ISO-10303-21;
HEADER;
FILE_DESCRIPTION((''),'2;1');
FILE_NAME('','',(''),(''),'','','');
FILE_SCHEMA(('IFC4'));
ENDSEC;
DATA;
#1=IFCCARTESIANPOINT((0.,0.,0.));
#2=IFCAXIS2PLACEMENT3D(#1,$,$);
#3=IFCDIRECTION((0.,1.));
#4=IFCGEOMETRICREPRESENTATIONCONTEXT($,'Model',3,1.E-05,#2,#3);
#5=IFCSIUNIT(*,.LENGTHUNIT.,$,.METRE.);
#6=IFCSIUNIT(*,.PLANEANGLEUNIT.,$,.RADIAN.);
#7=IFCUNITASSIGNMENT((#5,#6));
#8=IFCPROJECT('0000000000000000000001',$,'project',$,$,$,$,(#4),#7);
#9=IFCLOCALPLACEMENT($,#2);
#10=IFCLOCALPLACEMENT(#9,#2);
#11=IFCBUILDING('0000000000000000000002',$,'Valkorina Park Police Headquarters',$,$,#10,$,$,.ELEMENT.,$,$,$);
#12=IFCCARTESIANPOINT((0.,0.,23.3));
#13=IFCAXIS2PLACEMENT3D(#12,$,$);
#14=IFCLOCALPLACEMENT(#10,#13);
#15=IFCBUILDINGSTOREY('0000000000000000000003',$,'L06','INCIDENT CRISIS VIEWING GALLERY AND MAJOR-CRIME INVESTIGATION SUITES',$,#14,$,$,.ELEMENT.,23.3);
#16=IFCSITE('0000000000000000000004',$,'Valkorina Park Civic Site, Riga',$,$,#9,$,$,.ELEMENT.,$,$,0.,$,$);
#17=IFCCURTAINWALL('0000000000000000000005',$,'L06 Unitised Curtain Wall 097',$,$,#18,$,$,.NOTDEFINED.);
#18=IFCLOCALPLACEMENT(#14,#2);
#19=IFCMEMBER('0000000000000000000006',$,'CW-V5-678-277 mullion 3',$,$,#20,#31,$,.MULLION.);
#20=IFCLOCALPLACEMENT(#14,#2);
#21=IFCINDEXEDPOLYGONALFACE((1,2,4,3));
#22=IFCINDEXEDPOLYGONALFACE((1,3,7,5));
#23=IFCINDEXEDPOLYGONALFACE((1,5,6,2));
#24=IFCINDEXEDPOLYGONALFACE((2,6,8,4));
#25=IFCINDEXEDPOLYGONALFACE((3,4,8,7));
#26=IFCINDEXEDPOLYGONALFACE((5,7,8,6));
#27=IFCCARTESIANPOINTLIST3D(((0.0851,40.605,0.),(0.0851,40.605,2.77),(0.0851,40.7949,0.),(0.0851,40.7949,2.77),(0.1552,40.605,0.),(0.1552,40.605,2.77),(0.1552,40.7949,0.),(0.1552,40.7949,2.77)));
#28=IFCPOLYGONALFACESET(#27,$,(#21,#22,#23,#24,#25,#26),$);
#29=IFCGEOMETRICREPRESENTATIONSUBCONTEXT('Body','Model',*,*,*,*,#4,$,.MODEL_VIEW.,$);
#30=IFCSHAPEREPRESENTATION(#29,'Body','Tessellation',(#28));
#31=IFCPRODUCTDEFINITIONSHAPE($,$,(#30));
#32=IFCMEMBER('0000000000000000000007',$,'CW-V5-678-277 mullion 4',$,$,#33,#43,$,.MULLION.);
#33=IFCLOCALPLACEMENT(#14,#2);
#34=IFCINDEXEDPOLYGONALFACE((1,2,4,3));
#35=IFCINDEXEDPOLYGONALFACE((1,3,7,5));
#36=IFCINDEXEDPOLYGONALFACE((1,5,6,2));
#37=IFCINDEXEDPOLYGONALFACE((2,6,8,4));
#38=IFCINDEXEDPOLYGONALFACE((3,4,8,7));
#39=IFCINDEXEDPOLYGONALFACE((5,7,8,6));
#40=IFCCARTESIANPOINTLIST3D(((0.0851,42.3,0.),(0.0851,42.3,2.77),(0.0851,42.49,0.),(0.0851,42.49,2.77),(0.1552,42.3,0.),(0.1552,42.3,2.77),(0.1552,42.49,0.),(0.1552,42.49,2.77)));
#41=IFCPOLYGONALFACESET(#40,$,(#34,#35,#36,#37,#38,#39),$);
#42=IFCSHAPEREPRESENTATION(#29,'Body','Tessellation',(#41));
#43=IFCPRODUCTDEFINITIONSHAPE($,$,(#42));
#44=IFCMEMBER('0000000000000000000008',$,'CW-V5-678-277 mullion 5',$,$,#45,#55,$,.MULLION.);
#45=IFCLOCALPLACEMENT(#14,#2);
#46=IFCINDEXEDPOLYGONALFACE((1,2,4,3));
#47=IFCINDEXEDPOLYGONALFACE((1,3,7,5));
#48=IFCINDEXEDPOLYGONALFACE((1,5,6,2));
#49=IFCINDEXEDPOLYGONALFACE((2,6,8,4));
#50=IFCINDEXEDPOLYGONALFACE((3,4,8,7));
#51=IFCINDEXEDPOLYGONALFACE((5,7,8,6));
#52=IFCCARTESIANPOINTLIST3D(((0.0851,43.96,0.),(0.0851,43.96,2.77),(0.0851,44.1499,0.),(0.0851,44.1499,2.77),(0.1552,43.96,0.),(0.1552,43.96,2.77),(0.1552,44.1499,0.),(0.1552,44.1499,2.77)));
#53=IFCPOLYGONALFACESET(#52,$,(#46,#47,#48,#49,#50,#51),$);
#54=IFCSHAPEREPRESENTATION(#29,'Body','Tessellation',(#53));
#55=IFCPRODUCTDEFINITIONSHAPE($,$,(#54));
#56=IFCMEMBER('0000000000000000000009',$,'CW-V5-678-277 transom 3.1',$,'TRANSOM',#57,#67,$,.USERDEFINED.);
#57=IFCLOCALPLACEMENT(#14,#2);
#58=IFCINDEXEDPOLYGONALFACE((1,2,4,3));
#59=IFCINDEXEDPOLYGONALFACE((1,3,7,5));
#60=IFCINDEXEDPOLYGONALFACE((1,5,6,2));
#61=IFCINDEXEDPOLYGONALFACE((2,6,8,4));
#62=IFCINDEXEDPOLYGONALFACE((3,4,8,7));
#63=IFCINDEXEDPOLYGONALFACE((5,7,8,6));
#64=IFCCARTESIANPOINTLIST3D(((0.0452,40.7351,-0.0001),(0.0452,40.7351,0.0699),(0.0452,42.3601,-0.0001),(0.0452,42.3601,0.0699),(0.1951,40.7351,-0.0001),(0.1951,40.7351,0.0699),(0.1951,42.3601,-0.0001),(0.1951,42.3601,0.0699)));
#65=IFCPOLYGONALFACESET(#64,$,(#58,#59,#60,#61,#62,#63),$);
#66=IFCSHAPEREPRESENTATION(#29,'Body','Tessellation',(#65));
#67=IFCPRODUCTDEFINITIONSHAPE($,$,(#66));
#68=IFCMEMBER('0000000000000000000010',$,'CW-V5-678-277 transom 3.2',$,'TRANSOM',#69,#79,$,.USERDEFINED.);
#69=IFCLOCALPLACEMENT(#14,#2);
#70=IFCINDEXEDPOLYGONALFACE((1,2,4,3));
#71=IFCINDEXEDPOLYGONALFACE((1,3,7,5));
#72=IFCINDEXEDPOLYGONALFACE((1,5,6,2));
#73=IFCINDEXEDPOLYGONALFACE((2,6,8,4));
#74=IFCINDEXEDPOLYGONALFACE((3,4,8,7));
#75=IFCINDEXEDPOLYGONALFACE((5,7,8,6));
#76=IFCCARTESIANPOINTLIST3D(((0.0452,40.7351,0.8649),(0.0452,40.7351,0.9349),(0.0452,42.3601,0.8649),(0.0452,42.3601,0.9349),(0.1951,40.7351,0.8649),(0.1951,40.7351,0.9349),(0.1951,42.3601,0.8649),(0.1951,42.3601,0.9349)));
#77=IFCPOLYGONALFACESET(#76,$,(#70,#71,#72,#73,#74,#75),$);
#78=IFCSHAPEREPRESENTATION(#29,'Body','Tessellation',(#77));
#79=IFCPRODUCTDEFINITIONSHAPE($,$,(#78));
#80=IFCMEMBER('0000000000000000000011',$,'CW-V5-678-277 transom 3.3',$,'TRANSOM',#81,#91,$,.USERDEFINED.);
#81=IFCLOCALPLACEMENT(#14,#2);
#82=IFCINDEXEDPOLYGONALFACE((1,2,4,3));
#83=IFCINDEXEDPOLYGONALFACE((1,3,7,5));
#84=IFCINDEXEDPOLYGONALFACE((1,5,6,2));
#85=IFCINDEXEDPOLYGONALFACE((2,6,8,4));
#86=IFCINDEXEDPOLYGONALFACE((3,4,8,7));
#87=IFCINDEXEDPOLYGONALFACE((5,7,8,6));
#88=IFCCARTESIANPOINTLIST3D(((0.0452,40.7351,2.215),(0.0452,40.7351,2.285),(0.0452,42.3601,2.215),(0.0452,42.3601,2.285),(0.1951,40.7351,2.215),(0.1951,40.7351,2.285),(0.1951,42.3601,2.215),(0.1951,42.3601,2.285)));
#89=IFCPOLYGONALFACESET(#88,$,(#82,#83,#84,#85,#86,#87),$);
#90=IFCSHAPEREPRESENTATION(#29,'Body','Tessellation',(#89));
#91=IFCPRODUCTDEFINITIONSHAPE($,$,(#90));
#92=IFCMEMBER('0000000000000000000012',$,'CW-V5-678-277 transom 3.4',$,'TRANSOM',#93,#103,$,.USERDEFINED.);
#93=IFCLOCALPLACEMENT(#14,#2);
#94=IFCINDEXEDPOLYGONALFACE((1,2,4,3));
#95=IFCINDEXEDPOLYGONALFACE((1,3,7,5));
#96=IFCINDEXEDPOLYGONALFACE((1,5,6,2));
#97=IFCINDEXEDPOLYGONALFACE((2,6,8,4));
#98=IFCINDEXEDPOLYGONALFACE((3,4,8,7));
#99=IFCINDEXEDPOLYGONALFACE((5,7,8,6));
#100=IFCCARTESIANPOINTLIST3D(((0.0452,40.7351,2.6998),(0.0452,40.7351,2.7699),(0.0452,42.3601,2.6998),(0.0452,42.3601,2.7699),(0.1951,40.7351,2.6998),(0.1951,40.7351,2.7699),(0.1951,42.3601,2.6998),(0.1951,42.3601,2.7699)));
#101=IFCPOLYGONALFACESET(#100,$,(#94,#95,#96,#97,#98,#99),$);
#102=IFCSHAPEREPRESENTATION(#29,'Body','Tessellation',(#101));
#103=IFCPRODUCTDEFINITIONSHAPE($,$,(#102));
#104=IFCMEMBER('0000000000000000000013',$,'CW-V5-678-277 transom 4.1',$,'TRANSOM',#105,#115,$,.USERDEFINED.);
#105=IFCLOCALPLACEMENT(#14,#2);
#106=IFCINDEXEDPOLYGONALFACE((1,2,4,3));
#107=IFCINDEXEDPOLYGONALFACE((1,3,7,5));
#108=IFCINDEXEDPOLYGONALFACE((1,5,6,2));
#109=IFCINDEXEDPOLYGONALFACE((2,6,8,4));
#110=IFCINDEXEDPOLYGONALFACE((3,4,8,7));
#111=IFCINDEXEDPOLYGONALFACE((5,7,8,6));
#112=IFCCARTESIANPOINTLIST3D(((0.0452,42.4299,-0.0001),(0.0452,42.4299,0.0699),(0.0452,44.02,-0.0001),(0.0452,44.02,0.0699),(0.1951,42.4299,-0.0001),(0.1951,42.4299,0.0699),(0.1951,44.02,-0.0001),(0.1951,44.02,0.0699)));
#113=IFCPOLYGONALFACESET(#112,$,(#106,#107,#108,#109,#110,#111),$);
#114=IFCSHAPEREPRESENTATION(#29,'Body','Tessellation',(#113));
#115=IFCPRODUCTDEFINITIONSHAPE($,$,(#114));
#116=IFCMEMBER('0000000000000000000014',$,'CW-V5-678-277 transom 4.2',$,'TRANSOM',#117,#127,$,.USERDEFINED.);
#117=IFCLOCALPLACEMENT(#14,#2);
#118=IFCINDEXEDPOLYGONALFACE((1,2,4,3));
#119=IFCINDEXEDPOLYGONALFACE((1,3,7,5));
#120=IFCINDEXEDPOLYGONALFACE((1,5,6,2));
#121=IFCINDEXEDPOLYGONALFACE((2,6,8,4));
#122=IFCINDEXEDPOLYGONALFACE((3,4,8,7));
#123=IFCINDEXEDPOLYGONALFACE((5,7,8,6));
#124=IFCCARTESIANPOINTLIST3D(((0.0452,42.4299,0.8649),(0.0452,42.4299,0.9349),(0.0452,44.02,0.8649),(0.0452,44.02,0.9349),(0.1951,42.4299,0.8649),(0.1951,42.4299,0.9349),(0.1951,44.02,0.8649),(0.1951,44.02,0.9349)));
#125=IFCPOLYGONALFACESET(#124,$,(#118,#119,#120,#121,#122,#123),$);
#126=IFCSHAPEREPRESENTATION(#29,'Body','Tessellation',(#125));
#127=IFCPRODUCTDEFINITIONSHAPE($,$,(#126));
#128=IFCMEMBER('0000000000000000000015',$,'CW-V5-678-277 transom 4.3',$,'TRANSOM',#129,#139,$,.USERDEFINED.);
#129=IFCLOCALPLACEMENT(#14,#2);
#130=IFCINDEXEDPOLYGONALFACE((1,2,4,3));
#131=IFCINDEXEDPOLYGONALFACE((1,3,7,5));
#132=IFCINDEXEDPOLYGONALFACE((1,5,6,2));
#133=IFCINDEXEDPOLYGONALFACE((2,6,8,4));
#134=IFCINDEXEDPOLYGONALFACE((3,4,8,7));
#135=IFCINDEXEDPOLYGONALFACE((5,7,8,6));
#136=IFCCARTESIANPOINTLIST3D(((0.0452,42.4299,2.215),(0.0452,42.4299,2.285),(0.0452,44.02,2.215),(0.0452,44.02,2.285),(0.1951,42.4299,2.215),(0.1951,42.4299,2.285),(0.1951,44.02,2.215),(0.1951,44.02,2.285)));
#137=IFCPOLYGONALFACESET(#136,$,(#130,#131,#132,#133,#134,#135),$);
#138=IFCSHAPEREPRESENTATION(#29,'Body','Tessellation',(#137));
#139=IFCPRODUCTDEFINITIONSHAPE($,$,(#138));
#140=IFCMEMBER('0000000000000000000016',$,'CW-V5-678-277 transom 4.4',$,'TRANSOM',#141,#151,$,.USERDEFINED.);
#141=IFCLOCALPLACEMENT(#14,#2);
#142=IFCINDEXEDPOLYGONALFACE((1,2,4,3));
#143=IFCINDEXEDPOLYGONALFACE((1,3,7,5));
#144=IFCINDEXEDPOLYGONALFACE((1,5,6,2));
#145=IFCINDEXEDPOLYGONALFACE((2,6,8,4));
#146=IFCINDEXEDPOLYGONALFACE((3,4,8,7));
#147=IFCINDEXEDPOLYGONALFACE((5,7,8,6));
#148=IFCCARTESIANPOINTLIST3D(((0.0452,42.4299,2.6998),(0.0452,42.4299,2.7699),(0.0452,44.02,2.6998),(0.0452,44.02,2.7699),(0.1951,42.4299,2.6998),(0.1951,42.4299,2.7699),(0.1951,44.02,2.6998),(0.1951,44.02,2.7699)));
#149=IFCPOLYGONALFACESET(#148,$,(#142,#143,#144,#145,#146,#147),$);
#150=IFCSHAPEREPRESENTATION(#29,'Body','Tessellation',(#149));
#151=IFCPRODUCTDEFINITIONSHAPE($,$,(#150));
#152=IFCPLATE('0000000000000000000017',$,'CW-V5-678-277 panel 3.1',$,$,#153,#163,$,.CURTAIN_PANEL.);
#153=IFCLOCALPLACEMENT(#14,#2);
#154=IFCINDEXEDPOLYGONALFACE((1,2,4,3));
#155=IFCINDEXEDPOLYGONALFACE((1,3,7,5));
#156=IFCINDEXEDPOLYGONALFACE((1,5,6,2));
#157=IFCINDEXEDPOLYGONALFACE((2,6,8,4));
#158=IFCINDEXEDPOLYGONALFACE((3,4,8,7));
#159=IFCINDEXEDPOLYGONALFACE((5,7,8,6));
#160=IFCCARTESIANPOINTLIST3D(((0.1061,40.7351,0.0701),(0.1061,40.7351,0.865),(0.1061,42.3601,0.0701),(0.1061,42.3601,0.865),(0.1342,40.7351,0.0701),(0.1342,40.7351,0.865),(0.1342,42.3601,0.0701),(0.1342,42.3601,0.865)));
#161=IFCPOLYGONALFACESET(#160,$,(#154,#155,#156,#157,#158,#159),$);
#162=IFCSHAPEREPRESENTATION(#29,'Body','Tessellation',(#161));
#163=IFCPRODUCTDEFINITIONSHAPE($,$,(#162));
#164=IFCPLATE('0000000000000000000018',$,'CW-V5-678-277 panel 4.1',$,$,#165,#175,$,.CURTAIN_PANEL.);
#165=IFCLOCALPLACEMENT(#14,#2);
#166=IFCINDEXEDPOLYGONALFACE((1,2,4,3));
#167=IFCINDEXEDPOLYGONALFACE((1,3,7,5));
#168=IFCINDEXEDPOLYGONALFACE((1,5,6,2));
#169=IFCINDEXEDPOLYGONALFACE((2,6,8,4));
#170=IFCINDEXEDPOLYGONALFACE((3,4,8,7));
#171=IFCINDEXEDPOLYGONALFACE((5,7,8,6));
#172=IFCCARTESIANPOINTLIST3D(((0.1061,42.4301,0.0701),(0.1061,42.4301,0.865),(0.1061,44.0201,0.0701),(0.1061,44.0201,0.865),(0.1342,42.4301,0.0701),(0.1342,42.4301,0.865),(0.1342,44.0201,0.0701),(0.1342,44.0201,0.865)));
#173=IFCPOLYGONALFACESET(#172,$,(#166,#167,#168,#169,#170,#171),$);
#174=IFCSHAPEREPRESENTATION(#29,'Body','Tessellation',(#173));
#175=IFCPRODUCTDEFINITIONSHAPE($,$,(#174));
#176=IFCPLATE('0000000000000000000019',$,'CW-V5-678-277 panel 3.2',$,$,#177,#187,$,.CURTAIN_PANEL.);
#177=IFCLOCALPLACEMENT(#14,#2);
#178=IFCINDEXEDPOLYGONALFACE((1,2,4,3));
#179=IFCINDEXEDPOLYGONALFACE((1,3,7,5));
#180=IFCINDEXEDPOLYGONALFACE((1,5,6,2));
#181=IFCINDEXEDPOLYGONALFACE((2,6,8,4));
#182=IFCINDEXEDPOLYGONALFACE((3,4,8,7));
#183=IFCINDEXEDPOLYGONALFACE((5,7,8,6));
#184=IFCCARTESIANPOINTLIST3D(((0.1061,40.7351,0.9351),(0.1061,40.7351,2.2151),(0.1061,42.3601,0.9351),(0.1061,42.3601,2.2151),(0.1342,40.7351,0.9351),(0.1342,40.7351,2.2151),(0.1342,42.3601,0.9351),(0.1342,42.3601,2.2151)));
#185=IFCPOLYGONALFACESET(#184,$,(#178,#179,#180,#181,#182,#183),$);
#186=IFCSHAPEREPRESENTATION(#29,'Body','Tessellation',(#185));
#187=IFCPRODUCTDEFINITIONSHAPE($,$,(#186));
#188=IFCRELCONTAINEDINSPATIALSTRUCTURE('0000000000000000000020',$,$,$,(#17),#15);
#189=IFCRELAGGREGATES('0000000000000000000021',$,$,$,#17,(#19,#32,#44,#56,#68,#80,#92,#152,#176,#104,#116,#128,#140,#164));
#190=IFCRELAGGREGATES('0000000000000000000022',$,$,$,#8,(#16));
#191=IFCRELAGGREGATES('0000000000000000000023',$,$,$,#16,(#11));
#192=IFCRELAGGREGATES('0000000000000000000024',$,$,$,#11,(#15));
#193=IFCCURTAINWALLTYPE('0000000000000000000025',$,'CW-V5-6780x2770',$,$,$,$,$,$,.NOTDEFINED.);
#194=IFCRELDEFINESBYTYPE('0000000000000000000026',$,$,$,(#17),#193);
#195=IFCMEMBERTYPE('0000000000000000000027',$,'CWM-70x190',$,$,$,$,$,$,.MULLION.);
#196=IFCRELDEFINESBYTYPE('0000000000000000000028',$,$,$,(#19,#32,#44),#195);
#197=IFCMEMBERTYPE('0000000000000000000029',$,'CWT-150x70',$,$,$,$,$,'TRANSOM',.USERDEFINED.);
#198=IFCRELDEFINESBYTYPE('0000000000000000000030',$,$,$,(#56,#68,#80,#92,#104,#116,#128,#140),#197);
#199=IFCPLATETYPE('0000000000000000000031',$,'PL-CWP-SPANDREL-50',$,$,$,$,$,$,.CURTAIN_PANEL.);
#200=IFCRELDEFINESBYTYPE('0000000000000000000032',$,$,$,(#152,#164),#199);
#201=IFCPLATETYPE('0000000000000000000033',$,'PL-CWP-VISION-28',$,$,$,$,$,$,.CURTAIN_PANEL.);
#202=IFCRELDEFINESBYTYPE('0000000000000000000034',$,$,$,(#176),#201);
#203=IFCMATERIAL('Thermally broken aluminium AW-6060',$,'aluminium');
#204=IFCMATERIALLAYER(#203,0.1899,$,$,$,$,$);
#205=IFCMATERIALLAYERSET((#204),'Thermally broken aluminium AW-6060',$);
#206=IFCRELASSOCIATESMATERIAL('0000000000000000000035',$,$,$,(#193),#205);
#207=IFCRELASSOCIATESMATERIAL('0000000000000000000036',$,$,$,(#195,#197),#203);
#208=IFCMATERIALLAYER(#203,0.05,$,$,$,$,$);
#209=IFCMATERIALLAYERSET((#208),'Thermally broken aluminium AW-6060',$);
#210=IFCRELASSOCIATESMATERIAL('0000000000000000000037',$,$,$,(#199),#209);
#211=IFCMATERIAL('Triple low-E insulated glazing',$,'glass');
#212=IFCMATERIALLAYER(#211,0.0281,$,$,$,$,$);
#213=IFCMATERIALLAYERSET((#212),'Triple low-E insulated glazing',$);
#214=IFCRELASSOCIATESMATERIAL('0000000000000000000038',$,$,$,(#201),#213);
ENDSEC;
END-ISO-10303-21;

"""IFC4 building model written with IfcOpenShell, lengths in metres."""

from ifc_helpers import new_model, si_unit, direction, frame, origin, origin_2d, place, context, subcontext, project, spatial, rectangle, extrude, material, layer, layer_set, material_profile, profile_set, type_object, element, aggregate, save


model = new_model("IFC4")

# Units and contexts
model_context = context("Model", 3, precision=1e-05, world=origin(), true_north=direction((0.0, 1.0)))
body_context = subcontext(model_context, "Body", "Model", "MODEL_VIEW")
ifc_project = project(units=[si_unit("LENGTHUNIT", "METRE"), si_unit("PLANEANGLEUNIT", "RADIAN")], contexts=[model_context])

# Site, building, storey
site_placement = place(None, origin())
site = spatial("IfcSite", under=ifc_project, at=site_placement, Name="Valkorina Park Civic Site, Riga", CompositionType="ELEMENT", RefElevation=0.0)
building_placement = place(site_placement, origin())
building = spatial("IfcBuilding", under=site, at=building_placement, Name="Valkorina Park Police Headquarters", CompositionType="ELEMENT")
storey_placement = place(building_placement, frame((0.0, 0.0, 23.3)))
storey = spatial("IfcBuildingStorey", under=building, at=storey_placement, Name="L06", Description="INCIDENT CRISIS VIEWING GALLERY AND MAJOR-CRIME INVESTIGATION SUITES", CompositionType="ELEMENT", Elevation=23.3)

# Curtain wall, members, plates
ifc_material_1 = material(Name="Thermally broken aluminium AW-6060", Category="aluminium")
ifc_layer_1 = layer(ifc_material_1, 0.1899)
ifc_layer_set_1 = layer_set([ifc_layer_1], Name="Thermally broken aluminium AW-6060")
curtain_wall_type = type_object("IfcCurtainWallType", Name="CW-V5-6780x2770", PredefinedType="NOTDEFINED", material=ifc_layer_set_1)
curtain_wall_placement = place(storey_placement, origin())
curtain_wall = element("IfcCurtainWall", 1, at=curtain_wall_placement, inside=storey, type_object=curtain_wall_type, Name="L06 Unitised Curtain Wall 097", PredefinedType="NOTDEFINED")
ifc_material_profile_1 = material_profile(ifc_material_1, rectangle(XDim=0.0701, YDim=0.1899, at=origin_2d()), Name="CWM-02 70x190")
ifc_profile_set_1 = profile_set([ifc_material_profile_1], Name="Thermally broken aluminium AW-6060")
member_type_1 = type_object("IfcMemberType", Name="CWM-70x190", PredefinedType="MULLION", material=ifc_profile_set_1)
member_1_placement = place(storey_placement, frame((0.1201, 40.7, 0.0), z_axis=(0.0, 0.0, 1.0), x_axis=(-1.0, 0.0, 0.0)))
member_1 = element("IfcMember", 2, at=member_1_placement, type_object=member_type_1, Name="CW-V5-678-277 mullion 3", PredefinedType="MULLION", context=body_context, shape_type="SweptSolid", body=[
    extrude(rectangle(XDim=0.0701, YDim=0.1899, at=origin_2d()), origin(), (0.0, 0.0, 1.0), 2.77),
])
member_2_placement = place(storey_placement, frame((0.1201, 42.395, 0.0), z_axis=(0.0, 0.0, 1.0), x_axis=(-1.0, 0.0, 0.0)))
member_2 = element("IfcMember", 3, at=member_2_placement, type_object=member_type_1, Name="CW-V5-678-277 mullion 4", PredefinedType="MULLION", context=body_context, shape_type="SweptSolid", body=[
    extrude(rectangle(XDim=0.0701, YDim=0.1899, at=origin_2d()), origin(), (0.0, 0.0, 1.0), 2.77),
])
member_3_placement = place(storey_placement, frame((0.1201, 44.0549, 0.0), z_axis=(0.0, 0.0, 1.0), x_axis=(-1.0, 0.0, 0.0)))
member_3 = element("IfcMember", 4, at=member_3_placement, type_object=member_type_1, Name="CW-V5-678-277 mullion 5", PredefinedType="MULLION", context=body_context, shape_type="SweptSolid", body=[
    extrude(rectangle(XDim=0.0701, YDim=0.1899, at=origin_2d()), origin(), (0.0, 0.0, 1.0), 2.77),
])
ifc_material_profile_2 = material_profile(ifc_material_1, rectangle(XDim=0.1499, YDim=0.0701, at=origin_2d()), Name="CWT-02 150x70")
ifc_profile_set_2 = profile_set([ifc_material_profile_2], Name="Thermally broken aluminium AW-6060")
member_type_2 = type_object("IfcMemberType", Name="CWT-150x70", ElementType="TRANSOM", PredefinedType="USERDEFINED", material=ifc_profile_set_2)
member_4_placement = place(storey_placement, frame((0.1201, 40.7351, 0.0349), z_axis=(0.0, 1.0, 0.0), x_axis=(-1.0, 0.0, 0.0)))
member_4 = element("IfcMember", 5, at=member_4_placement, type_object=member_type_2, Name="CW-V5-678-277 transom 3.1", ObjectType="TRANSOM", PredefinedType="USERDEFINED", context=body_context, shape_type="SweptSolid", body=[
    extrude(rectangle(XDim=0.1499, YDim=0.0701, at=origin_2d()), origin(), (0.0, 0.0, 1.0), 1.625),
])
member_5_placement = place(storey_placement, frame((0.1201, 40.7351, 0.8999), z_axis=(0.0, 1.0, 0.0), x_axis=(-1.0, 0.0, 0.0)))
member_5 = element("IfcMember", 6, at=member_5_placement, type_object=member_type_2, Name="CW-V5-678-277 transom 3.2", ObjectType="TRANSOM", PredefinedType="USERDEFINED", context=body_context, shape_type="SweptSolid", body=[
    extrude(rectangle(XDim=0.1499, YDim=0.0701, at=origin_2d()), origin(), (0.0, 0.0, 1.0), 1.625),
])
member_6_placement = place(storey_placement, frame((0.1201, 40.7351, 2.25), z_axis=(0.0, 1.0, 0.0), x_axis=(-1.0, 0.0, 0.0)))
member_6 = element("IfcMember", 7, at=member_6_placement, type_object=member_type_2, Name="CW-V5-678-277 transom 3.3", ObjectType="TRANSOM", PredefinedType="USERDEFINED", context=body_context, shape_type="SweptSolid", body=[
    extrude(rectangle(XDim=0.1499, YDim=0.0701, at=origin_2d()), origin(), (0.0, 0.0, 1.0), 1.625),
])
member_7_placement = place(storey_placement, frame((0.1201, 40.7351, 2.7349), z_axis=(0.0, 1.0, 0.0), x_axis=(-1.0, 0.0, 0.0)))
member_7 = element("IfcMember", 8, at=member_7_placement, type_object=member_type_2, Name="CW-V5-678-277 transom 3.4", ObjectType="TRANSOM", PredefinedType="USERDEFINED", context=body_context, shape_type="SweptSolid", body=[
    extrude(rectangle(XDim=0.1499, YDim=0.0701, at=origin_2d()), origin(), (0.0, 0.0, 1.0), 1.625),
])
member_8_placement = place(storey_placement, frame((0.1201, 42.4299, 0.0349), z_axis=(0.0, 1.0, 0.0), x_axis=(-1.0, 0.0, 0.0)))
member_8 = element("IfcMember", 9, at=member_8_placement, type_object=member_type_2, Name="CW-V5-678-277 transom 4.1", ObjectType="TRANSOM", PredefinedType="USERDEFINED", context=body_context, shape_type="SweptSolid", body=[
    extrude(rectangle(XDim=0.1499, YDim=0.0701, at=origin_2d()), origin(), (0.0, 0.0, 1.0), 1.5901),
])
member_9_placement = place(storey_placement, frame((0.1201, 42.4299, 0.8999), z_axis=(0.0, 1.0, 0.0), x_axis=(-1.0, 0.0, 0.0)))
member_9 = element("IfcMember", 10, at=member_9_placement, type_object=member_type_2, Name="CW-V5-678-277 transom 4.2", ObjectType="TRANSOM", PredefinedType="USERDEFINED", context=body_context, shape_type="SweptSolid", body=[
    extrude(rectangle(XDim=0.1499, YDim=0.0701, at=origin_2d()), origin(), (0.0, 0.0, 1.0), 1.5901),
])
member_10_placement = place(storey_placement, frame((0.1201, 42.4299, 2.25), z_axis=(0.0, 1.0, 0.0), x_axis=(-1.0, 0.0, 0.0)))
member_10 = element("IfcMember", 11, at=member_10_placement, type_object=member_type_2, Name="CW-V5-678-277 transom 4.3", ObjectType="TRANSOM", PredefinedType="USERDEFINED", context=body_context, shape_type="SweptSolid", body=[
    extrude(rectangle(XDim=0.1499, YDim=0.0701, at=origin_2d()), origin(), (0.0, 0.0, 1.0), 1.5901),
])
member_11_placement = place(storey_placement, frame((0.1201, 42.4299, 2.7349), z_axis=(0.0, 1.0, 0.0), x_axis=(-1.0, 0.0, 0.0)))
member_11 = element("IfcMember", 12, at=member_11_placement, type_object=member_type_2, Name="CW-V5-678-277 transom 4.4", ObjectType="TRANSOM", PredefinedType="USERDEFINED", context=body_context, shape_type="SweptSolid", body=[
    extrude(rectangle(XDim=0.1499, YDim=0.0701, at=origin_2d()), origin(), (0.0, 0.0, 1.0), 1.5901),
])
ifc_layer_2 = layer(ifc_material_1, 0.05)
ifc_layer_set_2 = layer_set([ifc_layer_2], Name="Thermally broken aluminium AW-6060")
plate_type_1 = type_object("IfcPlateType", Name="PL-CWP-SPANDREL-50", PredefinedType="CURTAIN_PANEL", material=ifc_layer_set_2)
plate_1_placement = place(storey_placement, frame((0.1201, 41.5476, 0.0701), z_axis=(0.0, 0.0, 1.0), x_axis=(0.0, 1.0, 0.0)))
plate_1 = element("IfcPlate", 13, at=plate_1_placement, type_object=plate_type_1, Name="CW-V5-678-277 panel 3.1", PredefinedType="CURTAIN_PANEL", context=body_context, shape_type="SweptSolid", body=[
    extrude(rectangle(XDim=1.625, YDim=0.0281, at=origin_2d()), origin(), (0.0, 0.0, 1.0), 0.7949),
])
plate_2_placement = place(storey_placement, frame((0.1201, 43.2251, 0.0701), z_axis=(0.0, 0.0, 1.0), x_axis=(0.0, 1.0, 0.0)))
plate_2 = element("IfcPlate", 14, at=plate_2_placement, type_object=plate_type_1, Name="CW-V5-678-277 panel 4.1", PredefinedType="CURTAIN_PANEL", context=body_context, shape_type="SweptSolid", body=[
    extrude(rectangle(XDim=1.5901, YDim=0.0281, at=origin_2d()), origin(), (0.0, 0.0, 1.0), 0.7949),
])
ifc_material_2 = material(Name="Triple low-E insulated glazing", Category="glass")
ifc_layer_3 = layer(ifc_material_2, 0.0281)
ifc_layer_set_3 = layer_set([ifc_layer_3], Name="Triple low-E insulated glazing")
plate_type_2 = type_object("IfcPlateType", Name="PL-CWP-VISION-28", PredefinedType="CURTAIN_PANEL", material=ifc_layer_set_3)
plate_3_placement = place(storey_placement, frame((0.1201, 41.5476, 0.9351), z_axis=(0.0, 0.0, 1.0), x_axis=(0.0, 1.0, 0.0)))
plate_3 = element("IfcPlate", 15, at=plate_3_placement, type_object=plate_type_2, Name="CW-V5-678-277 panel 3.2", PredefinedType="CURTAIN_PANEL", context=body_context, shape_type="SweptSolid", body=[
    extrude(rectangle(XDim=1.625, YDim=0.0281, at=origin_2d()), origin(), (0.0, 0.0, 1.0), 1.28),
])
aggregate(curtain_wall, [member_1, member_2, member_3, member_4, member_5, member_6, member_7, plate_1, plate_3, member_8, member_9, member_10, member_11, plate_2])

save(model, "model.ifc")
